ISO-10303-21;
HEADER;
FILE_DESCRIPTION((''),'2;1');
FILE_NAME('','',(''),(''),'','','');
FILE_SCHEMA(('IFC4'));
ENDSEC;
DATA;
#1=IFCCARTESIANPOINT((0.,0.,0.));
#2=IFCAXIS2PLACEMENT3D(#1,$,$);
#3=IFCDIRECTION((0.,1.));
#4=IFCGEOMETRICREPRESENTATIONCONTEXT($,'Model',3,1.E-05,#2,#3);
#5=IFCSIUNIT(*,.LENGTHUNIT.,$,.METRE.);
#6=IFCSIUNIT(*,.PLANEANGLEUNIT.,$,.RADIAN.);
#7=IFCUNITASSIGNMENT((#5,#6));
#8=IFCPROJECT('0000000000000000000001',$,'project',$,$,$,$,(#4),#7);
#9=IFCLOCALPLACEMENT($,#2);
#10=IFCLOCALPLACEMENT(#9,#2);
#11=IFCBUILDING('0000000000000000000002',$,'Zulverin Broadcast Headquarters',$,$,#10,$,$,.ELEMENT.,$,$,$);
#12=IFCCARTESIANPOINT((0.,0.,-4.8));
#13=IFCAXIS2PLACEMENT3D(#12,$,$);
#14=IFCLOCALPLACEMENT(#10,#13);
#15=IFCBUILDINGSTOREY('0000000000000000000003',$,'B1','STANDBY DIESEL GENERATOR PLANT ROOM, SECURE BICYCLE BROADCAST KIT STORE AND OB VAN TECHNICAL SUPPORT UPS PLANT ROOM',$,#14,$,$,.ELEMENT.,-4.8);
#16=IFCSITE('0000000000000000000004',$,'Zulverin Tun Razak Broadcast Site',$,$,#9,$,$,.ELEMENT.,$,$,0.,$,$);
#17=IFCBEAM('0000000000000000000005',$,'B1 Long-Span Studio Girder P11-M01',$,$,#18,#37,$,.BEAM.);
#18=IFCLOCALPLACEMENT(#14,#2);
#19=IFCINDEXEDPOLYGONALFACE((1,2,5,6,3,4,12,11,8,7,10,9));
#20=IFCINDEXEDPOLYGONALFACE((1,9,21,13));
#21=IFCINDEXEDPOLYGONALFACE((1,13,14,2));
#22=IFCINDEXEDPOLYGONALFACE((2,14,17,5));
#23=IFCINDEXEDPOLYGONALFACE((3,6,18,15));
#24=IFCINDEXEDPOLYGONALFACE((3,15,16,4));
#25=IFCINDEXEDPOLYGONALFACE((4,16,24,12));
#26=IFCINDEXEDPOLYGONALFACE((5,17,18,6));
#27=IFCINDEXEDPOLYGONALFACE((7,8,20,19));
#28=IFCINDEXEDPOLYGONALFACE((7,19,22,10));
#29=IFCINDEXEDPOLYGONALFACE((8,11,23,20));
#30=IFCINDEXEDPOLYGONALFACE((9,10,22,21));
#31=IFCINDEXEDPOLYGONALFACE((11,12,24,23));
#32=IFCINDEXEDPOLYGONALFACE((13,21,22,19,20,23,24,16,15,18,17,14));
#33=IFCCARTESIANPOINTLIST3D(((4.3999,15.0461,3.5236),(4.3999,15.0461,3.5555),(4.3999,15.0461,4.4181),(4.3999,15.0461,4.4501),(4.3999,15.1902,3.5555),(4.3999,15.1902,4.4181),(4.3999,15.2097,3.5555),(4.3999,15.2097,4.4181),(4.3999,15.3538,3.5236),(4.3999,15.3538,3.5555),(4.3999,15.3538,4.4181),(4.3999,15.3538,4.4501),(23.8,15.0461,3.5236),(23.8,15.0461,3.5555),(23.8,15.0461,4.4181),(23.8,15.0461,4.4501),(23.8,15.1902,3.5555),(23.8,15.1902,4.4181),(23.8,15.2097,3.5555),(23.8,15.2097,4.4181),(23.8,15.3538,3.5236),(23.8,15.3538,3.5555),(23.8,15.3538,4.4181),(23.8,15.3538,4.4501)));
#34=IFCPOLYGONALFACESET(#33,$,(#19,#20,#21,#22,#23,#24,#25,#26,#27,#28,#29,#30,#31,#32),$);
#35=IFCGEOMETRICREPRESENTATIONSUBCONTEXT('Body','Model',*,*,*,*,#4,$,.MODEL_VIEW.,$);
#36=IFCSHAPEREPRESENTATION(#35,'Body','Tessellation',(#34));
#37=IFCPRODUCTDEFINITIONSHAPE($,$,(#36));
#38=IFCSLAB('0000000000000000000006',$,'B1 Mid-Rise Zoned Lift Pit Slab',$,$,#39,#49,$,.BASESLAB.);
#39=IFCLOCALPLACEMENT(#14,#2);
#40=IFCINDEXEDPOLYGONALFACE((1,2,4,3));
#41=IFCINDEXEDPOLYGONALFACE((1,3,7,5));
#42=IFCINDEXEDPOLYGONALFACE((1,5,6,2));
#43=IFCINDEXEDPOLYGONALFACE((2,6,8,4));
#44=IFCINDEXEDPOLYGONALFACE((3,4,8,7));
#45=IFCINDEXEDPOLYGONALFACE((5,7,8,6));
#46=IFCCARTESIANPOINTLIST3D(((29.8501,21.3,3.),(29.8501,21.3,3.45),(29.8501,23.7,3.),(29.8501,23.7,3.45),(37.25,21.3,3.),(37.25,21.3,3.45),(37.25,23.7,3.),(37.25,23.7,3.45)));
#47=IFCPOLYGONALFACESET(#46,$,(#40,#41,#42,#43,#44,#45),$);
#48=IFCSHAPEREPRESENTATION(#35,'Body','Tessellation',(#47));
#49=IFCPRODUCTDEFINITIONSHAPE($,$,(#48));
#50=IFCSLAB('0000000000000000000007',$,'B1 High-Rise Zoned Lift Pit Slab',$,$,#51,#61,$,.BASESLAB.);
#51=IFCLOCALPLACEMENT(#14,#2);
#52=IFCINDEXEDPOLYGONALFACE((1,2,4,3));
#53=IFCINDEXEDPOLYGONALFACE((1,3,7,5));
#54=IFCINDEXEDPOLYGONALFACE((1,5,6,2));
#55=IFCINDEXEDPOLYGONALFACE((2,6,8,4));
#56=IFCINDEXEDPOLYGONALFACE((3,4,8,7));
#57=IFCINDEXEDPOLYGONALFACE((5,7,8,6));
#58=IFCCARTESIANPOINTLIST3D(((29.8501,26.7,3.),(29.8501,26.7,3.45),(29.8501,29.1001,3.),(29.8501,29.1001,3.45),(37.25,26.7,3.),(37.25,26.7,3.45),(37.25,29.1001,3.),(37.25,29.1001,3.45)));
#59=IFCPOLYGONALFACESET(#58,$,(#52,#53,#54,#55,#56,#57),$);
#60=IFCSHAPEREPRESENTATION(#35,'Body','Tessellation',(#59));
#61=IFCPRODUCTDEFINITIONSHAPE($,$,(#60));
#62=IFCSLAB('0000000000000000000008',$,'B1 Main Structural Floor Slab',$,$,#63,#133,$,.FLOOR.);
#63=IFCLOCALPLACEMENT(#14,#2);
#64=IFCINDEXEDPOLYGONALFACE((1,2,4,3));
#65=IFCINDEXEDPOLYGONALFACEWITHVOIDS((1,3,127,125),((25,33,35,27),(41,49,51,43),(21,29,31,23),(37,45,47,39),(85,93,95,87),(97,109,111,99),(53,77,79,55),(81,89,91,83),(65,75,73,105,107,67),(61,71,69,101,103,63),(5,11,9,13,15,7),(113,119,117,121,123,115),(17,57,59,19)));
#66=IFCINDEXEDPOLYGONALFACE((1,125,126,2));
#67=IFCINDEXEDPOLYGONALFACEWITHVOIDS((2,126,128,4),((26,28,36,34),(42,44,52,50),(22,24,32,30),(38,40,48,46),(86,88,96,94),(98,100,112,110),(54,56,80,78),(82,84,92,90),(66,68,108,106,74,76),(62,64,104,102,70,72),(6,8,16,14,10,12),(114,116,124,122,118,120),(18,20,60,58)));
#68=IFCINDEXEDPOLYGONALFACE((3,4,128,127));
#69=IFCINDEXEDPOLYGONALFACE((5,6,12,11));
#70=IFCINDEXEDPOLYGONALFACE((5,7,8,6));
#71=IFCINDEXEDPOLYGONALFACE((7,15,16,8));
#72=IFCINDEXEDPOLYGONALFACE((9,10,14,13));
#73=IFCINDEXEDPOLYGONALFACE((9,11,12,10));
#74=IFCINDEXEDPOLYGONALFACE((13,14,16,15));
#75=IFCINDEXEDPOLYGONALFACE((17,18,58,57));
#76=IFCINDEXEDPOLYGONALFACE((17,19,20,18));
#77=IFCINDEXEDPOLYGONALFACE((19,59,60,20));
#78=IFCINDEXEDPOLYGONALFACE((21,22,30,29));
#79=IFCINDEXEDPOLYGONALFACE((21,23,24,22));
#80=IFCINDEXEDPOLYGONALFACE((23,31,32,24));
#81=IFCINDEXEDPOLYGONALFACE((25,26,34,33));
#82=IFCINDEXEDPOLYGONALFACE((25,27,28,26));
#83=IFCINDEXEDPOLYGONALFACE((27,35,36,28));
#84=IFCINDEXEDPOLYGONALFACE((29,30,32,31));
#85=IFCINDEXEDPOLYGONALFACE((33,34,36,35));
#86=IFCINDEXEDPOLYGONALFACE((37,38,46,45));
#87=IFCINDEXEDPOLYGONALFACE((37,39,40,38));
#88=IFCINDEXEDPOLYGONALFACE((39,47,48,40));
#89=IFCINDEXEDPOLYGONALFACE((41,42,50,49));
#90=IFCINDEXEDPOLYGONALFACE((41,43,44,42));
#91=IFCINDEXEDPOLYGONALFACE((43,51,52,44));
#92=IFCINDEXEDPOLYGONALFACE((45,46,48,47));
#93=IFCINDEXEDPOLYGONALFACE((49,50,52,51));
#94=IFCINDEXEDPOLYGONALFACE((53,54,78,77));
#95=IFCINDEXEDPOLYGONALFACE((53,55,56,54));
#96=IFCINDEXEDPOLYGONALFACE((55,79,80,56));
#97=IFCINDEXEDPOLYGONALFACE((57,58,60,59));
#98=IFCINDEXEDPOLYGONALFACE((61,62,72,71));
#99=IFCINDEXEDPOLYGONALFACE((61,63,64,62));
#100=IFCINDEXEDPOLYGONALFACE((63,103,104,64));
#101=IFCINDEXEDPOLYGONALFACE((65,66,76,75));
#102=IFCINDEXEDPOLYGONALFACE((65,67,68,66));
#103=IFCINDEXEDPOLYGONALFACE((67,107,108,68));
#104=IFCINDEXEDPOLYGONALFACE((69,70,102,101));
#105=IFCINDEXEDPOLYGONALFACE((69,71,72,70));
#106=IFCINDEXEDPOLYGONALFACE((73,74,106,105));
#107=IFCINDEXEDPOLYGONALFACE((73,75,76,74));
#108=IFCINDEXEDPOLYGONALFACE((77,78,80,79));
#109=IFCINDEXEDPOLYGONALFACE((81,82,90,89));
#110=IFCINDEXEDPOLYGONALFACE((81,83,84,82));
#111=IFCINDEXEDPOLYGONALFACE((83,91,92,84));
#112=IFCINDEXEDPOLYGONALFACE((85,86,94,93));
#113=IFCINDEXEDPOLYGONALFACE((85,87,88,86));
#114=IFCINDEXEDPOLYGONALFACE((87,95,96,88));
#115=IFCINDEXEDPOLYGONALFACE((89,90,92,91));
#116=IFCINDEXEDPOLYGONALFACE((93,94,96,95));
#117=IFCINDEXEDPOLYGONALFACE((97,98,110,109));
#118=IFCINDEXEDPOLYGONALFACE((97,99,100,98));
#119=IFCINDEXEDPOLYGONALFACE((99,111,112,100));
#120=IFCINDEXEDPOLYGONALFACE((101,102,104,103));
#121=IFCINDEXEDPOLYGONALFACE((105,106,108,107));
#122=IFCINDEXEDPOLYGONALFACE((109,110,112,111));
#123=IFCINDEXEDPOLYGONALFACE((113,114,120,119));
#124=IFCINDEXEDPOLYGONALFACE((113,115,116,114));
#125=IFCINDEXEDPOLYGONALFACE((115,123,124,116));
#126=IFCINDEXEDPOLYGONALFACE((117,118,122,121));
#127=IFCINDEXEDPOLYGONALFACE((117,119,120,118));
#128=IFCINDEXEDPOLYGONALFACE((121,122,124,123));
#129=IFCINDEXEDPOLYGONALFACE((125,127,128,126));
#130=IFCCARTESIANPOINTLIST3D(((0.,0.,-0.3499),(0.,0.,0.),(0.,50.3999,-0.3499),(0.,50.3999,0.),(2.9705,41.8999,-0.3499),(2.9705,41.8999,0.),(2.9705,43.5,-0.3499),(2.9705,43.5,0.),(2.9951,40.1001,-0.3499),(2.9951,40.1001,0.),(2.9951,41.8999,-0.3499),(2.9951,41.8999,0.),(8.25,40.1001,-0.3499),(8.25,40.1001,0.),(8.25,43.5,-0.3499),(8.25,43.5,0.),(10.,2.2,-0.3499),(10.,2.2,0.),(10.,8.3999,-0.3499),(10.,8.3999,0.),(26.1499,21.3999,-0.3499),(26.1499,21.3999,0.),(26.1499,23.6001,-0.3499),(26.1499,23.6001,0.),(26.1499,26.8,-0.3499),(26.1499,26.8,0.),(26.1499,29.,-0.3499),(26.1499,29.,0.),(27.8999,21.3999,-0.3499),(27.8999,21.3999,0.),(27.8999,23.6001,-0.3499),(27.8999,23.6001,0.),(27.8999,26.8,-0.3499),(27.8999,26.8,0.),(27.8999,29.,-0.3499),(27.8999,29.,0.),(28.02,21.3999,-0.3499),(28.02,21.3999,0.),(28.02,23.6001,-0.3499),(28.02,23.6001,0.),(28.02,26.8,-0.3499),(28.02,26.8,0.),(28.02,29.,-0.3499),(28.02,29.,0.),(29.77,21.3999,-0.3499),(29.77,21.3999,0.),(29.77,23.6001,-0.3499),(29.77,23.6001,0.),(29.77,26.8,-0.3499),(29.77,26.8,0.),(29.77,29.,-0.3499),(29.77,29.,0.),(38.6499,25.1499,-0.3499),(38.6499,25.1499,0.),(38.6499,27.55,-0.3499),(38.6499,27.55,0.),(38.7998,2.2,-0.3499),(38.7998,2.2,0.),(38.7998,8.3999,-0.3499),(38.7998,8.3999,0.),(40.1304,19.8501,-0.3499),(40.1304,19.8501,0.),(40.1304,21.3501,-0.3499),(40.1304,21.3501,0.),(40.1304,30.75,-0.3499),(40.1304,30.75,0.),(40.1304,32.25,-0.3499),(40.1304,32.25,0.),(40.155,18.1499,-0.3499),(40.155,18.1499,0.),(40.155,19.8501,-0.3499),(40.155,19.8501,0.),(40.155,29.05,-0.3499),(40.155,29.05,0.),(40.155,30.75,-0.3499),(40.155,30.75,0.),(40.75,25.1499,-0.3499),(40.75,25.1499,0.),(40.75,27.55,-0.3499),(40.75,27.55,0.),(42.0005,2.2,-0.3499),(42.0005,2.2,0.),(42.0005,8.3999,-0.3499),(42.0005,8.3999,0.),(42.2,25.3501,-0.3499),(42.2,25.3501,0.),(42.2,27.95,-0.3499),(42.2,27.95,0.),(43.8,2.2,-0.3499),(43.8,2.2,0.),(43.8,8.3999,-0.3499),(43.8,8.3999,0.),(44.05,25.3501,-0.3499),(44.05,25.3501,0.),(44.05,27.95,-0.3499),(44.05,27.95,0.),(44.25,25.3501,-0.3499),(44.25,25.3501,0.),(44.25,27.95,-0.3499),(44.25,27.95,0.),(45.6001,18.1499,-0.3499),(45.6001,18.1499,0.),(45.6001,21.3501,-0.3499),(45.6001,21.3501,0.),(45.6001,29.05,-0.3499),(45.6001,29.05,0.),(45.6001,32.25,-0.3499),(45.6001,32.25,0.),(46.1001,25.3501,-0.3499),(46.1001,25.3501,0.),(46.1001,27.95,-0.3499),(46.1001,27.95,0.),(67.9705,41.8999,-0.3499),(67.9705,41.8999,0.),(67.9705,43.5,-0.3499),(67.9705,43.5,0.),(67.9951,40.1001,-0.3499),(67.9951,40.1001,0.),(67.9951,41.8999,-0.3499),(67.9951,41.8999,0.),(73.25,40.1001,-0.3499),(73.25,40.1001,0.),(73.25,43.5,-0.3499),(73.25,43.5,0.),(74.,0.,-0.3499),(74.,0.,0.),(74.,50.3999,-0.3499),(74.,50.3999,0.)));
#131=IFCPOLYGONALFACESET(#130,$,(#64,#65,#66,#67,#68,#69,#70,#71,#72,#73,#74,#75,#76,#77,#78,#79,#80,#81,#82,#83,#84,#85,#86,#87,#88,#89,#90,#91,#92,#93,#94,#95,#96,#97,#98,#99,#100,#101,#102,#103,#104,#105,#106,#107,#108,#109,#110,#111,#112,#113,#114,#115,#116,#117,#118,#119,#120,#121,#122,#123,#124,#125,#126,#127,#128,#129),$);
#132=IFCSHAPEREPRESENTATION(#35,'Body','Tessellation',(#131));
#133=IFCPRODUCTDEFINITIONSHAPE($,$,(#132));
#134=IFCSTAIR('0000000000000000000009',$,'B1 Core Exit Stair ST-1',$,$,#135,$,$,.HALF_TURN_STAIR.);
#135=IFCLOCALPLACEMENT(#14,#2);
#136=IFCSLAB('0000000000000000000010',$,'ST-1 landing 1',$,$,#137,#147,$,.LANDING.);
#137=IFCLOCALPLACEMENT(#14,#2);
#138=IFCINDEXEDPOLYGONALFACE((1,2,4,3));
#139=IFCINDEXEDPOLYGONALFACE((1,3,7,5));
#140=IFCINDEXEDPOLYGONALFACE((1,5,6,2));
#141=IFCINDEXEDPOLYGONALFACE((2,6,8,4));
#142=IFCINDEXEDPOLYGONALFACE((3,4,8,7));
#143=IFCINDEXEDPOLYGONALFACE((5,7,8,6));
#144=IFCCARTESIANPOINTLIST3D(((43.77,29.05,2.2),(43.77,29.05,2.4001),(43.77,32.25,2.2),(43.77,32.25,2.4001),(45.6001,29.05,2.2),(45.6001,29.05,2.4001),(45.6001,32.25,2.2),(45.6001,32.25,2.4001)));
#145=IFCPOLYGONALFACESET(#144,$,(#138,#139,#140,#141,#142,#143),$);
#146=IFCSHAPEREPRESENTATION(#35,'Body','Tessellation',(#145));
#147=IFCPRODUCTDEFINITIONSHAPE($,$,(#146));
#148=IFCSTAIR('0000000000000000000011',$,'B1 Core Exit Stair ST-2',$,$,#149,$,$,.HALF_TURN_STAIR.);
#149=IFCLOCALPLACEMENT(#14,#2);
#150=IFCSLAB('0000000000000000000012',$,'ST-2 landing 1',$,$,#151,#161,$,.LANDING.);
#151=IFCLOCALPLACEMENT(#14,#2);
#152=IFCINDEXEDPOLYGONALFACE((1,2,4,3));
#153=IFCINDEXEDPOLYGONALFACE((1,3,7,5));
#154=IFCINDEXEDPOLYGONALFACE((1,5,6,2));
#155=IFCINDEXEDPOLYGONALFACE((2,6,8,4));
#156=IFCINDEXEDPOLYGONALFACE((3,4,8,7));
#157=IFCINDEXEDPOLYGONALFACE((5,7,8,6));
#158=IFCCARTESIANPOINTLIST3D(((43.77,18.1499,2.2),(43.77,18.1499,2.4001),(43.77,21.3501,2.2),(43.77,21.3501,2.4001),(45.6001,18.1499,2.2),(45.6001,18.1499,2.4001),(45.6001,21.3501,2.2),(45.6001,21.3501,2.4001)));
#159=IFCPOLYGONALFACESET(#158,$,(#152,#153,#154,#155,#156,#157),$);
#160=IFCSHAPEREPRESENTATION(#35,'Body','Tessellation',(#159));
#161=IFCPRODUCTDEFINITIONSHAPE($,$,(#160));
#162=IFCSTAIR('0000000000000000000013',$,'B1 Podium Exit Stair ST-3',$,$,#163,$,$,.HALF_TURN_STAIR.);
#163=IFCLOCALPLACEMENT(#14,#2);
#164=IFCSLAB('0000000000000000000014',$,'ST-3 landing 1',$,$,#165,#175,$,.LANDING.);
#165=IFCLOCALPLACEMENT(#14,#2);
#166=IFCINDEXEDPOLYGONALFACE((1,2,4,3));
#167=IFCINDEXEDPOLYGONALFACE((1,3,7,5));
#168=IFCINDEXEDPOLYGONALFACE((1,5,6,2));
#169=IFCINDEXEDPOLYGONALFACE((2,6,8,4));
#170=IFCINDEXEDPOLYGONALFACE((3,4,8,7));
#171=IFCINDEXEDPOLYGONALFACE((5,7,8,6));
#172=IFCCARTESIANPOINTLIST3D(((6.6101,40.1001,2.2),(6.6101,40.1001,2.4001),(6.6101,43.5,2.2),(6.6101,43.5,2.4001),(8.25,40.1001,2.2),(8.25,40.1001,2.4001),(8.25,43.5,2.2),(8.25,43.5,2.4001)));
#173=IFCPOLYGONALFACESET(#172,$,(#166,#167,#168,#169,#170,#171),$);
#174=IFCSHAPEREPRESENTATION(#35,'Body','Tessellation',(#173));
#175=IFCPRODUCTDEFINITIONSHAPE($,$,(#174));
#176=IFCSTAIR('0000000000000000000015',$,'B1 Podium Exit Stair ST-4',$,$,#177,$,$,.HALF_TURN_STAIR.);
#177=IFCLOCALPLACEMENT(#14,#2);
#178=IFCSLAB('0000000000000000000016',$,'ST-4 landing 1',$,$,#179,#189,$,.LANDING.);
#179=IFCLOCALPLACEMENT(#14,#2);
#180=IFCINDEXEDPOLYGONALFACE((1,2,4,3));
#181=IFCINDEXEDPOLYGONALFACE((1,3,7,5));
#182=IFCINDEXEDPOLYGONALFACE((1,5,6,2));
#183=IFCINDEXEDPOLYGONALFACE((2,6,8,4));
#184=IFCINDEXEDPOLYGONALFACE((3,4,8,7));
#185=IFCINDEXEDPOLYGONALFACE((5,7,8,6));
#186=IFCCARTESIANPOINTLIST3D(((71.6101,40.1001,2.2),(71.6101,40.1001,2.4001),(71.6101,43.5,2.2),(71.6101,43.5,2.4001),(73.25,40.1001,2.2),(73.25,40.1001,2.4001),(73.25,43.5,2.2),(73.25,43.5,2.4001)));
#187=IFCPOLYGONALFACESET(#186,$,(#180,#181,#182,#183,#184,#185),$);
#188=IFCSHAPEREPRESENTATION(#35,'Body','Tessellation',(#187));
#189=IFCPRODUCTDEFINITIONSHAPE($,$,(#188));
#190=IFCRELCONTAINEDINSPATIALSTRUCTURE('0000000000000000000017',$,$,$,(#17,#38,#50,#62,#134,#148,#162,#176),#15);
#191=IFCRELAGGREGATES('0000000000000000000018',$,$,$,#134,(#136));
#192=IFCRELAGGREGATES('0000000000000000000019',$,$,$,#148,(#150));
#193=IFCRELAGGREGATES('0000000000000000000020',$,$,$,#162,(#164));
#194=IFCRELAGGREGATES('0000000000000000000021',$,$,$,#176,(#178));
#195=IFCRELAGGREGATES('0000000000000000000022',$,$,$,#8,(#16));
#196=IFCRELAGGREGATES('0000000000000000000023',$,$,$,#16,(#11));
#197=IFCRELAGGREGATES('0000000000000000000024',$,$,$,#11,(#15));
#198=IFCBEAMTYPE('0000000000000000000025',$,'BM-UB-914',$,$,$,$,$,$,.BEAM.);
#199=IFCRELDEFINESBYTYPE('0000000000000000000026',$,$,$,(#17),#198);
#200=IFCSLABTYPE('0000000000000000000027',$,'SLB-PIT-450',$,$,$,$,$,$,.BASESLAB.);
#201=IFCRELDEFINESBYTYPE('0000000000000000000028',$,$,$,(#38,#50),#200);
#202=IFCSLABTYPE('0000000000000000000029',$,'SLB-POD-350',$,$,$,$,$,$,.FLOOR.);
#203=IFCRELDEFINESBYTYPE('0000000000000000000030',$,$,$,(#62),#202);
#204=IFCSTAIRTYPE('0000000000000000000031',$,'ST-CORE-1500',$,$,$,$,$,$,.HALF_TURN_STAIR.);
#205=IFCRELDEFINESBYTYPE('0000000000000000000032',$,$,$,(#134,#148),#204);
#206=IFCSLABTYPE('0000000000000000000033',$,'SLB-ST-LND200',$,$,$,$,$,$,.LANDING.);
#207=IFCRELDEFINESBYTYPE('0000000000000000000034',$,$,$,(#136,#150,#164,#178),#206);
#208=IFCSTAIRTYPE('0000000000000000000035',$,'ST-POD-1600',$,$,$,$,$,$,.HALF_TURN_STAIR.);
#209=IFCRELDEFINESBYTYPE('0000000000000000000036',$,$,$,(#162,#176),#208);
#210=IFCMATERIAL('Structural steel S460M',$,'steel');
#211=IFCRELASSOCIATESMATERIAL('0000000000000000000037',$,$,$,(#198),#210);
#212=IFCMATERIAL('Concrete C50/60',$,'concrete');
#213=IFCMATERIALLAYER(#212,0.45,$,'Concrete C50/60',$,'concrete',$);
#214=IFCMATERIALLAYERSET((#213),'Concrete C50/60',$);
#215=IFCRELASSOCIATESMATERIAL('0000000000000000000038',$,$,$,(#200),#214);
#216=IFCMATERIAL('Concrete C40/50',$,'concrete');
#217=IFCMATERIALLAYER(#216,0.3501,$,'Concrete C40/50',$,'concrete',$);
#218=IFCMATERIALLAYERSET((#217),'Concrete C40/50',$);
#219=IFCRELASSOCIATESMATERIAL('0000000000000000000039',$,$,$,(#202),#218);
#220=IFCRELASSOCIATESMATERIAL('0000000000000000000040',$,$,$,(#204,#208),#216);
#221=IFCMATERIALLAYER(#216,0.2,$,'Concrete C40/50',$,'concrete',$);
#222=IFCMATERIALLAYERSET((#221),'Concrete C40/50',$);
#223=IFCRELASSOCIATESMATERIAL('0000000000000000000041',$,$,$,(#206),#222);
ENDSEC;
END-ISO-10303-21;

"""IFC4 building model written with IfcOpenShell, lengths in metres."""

from ifc_helpers import new_model, si_unit, direction, frame, origin, origin_2d, place, context, subcontext, project, spatial, polyline, i_section, outline, extrude, material, layer, layer_set, material_profile, profile_set, type_object, element, aggregate, save


model = new_model("IFC4")

# Units and contexts
model_context = context("Model", 3, precision=1e-05, world=origin(), true_north=direction((0.0, 1.0)))
body_context = subcontext(model_context, "Body", "Model", "MODEL_VIEW")
ifc_project = project(units=[si_unit("LENGTHUNIT", "METRE"), si_unit("PLANEANGLEUNIT", "RADIAN")], contexts=[model_context])

# Site, building, storey
site_placement = place(None, origin())
site = spatial("IfcSite", under=ifc_project, at=site_placement, Name="Zulverin Tun Razak Broadcast Site", CompositionType="ELEMENT", RefElevation=0.0)
building_placement = place(site_placement, origin())
building = spatial("IfcBuilding", under=site, at=building_placement, Name="Zulverin Broadcast Headquarters", CompositionType="ELEMENT")
storey_placement = place(building_placement, frame((0.0, 0.0, -4.8)))
storey = spatial("IfcBuildingStorey", under=building, at=storey_placement, Name="B1", Description="STANDBY DIESEL GENERATOR PLANT ROOM, SECURE BICYCLE BROADCAST KIT STORE AND OB VAN TECHNICAL SUPPORT UPS PLANT ROOM", CompositionType="ELEMENT", Elevation=-4.8)

# Beam
ifc_material_1 = material(Name="Structural steel S460M", Category="steel")
ifc_material_profile_1 = material_profile(ifc_material_1, i_section(OverallWidth=0.3076, OverallDepth=0.9265, WebThickness=0.0195, FlangeThickness=0.032, at=origin_2d()), Name="Structural steel S460M", Category="steel")
ifc_profile_set_1 = profile_set([ifc_material_profile_1], Name="Structural steel S460M")
beam_type_1 = type_object("IfcBeamType", Name="BM-UB-914", PredefinedType="BEAM", material=ifc_profile_set_1)
beam_1_placement = place(storey_placement, frame((4.3999, 15.2, 3.9868), z_axis=(1.0, 0.0, 0.0), x_axis=(0.0, 1.0, 0.0)))
element("IfcBeam", 1, at=beam_1_placement, inside=storey, type_object=beam_type_1, Name="B1 Long-Span Studio Girder P11-M01", PredefinedType="BEAM", context=body_context, shape_type="SweptSolid", body=[
    extrude(i_section(OverallWidth=0.3076, OverallDepth=0.9265, WebThickness=0.0195, FlangeThickness=0.032, at=origin_2d()), origin(), (0.0, 0.0, 1.0), 19.4001),
])

# Slabs
ifc_material_2 = material(Name="Concrete C50/60", Category="concrete")
ifc_layer_1 = layer(ifc_material_2, 0.45, Name="Concrete C50/60", Category="concrete")
ifc_layer_set_1 = layer_set([ifc_layer_1], Name="Concrete C50/60")
slab_type_1 = type_object("IfcSlabType", Name="SLB-PIT-450", PredefinedType="BASESLAB", material=ifc_layer_set_1)
slab_1_placement = place(storey_placement, frame((0.0, 0.0, 3.0)))
element("IfcSlab", 2, at=slab_1_placement, inside=storey, type_object=slab_type_1, Name="B1 Mid-Rise Zoned Lift Pit Slab", PredefinedType="BASESLAB", context=body_context, shape_type="SweptSolid", body=[
    extrude(outline(polyline([(29.8501, 21.3), (37.25, 21.3), (37.25, 23.7), (29.8501, 23.7), (29.8501, 21.3)])), origin(), (0.0, 0.0, 1.0), 0.45),
])
slab_2_placement = place(storey_placement, frame((0.0, 0.0, 3.0)))
element("IfcSlab", 3, at=slab_2_placement, inside=storey, type_object=slab_type_1, Name="B1 High-Rise Zoned Lift Pit Slab", PredefinedType="BASESLAB", context=body_context, shape_type="SweptSolid", body=[
    extrude(outline(polyline([(29.8501, 26.7), (37.25, 26.7), (37.25, 29.1001), (29.8501, 29.1001), (29.8501, 26.7)])), origin(), (0.0, 0.0, 1.0), 0.45),
])
ifc_material_3 = material(Name="Concrete C40/50", Category="concrete")
ifc_layer_2 = layer(ifc_material_3, 0.3501, Name="Concrete C40/50", Category="concrete")
ifc_layer_set_2 = layer_set([ifc_layer_2], Name="Concrete C40/50")
slab_type_2 = type_object("IfcSlabType", Name="SLB-POD-350", PredefinedType="FLOOR", material=ifc_layer_set_2)
slab_3_placement = place(storey_placement, frame((0.0, 0.0, -0.3499)))
element("IfcSlab", 4, at=slab_3_placement, inside=storey, type_object=slab_type_2, Name="B1 Main Structural Floor Slab", PredefinedType="FLOOR", context=body_context, shape_type="SweptSolid", body=[
    extrude(outline(polyline([(0.0, 0.0), (74.0, 0.0), (74.0, 50.3999), (0.0, 50.3999), (0.0, 0.0)]), holes=[polyline([(40.155, 30.75), (40.1304, 30.75), (40.1304, 32.25), (45.6001, 32.25), (45.6001, 29.05), (40.155, 29.05), (40.155, 30.75)]), polyline([(40.155, 19.8501), (40.1304, 19.8501), (40.1304, 21.3501), (45.6001, 21.3501), (45.6001, 18.1499), (40.155, 18.1499), (40.155, 19.8501)]), polyline([(2.9951, 41.8999), (2.9705, 41.8999), (2.9705, 43.5), (8.25, 43.5), (8.25, 40.1001), (2.9951, 40.1001), (2.9951, 41.8999)]), polyline([(67.9951, 41.8999), (67.9705, 41.8999), (67.9705, 43.5), (73.25, 43.5), (73.25, 40.1001), (67.9951, 40.1001), (67.9951, 41.8999)]), polyline([(26.1499, 26.8), (27.8999, 26.8), (27.8999, 29.0), (26.1499, 29.0), (26.1499, 26.8)]), polyline([(28.02, 26.8), (29.77, 26.8), (29.77, 29.0), (28.02, 29.0), (28.02, 26.8)]), polyline([(26.1499, 21.3999), (27.8999, 21.3999), (27.8999, 23.6001), (26.1499, 23.6001), (26.1499, 21.3999)]), polyline([(28.02, 21.3999), (29.77, 21.3999), (29.77, 23.6001), (28.02, 23.6001), (28.02, 21.3999)]), polyline([(42.2, 25.3501), (44.05, 25.3501), (44.05, 27.95), (42.2, 27.95), (42.2, 25.3501)]), polyline([(44.25, 25.3501), (46.1001, 25.3501), (46.1001, 27.95), (44.25, 27.95), (44.25, 25.3501)]), polyline([(38.6499, 25.1499), (40.75, 25.1499), (40.75, 27.55), (38.6499, 27.55), (38.6499, 25.1499)]), polyline([(10.0, 2.2), (38.7998, 2.2), (38.7998, 8.3999), (10.0, 8.3999), (10.0, 2.2)]), polyline([(42.0005, 2.2), (43.8, 2.2), (43.8, 8.3999), (42.0005, 8.3999), (42.0005, 2.2)])]), origin(), (0.0, 0.0, 1.0), 0.3499),
])

# Stairs, slabs
stair_type_1 = type_object("IfcStairType", Name="ST-CORE-1500", PredefinedType="HALF_TURN_STAIR", material=ifc_material_3)
stair_1_placement = place(storey_placement, origin())
stair_1 = element("IfcStair", 5, at=stair_1_placement, inside=storey, type_object=stair_type_1, Name="B1 Core Exit Stair ST-1", PredefinedType="HALF_TURN_STAIR")
ifc_layer_3 = layer(ifc_material_3, 0.2, Name="Concrete C40/50", Category="concrete")
ifc_layer_set_3 = layer_set([ifc_layer_3], Name="Concrete C40/50")
slab_type_3 = type_object("IfcSlabType", Name="SLB-ST-LND200", PredefinedType="LANDING", material=ifc_layer_set_3)
slab_4_placement = place(storey_placement, frame((0.0, 0.0, 2.2)))
slab_4 = element("IfcSlab", 6, at=slab_4_placement, type_object=slab_type_3, Name="ST-1 landing 1", PredefinedType="LANDING", context=body_context, shape_type="SweptSolid", body=[
    extrude(outline(polyline([(43.77, 29.05), (45.6001, 29.05), (45.6001, 32.25), (43.77, 32.25), (43.77, 29.05)])), origin(), (0.0, 0.0, 1.0), 0.2002),
])
aggregate(stair_1, [slab_4])
stair_2_placement = place(storey_placement, origin())
stair_2 = element("IfcStair", 7, at=stair_2_placement, inside=storey, type_object=stair_type_1, Name="B1 Core Exit Stair ST-2", PredefinedType="HALF_TURN_STAIR")
slab_5_placement = place(storey_placement, frame((0.0, 0.0, 2.2)))
slab_5 = element("IfcSlab", 8, at=slab_5_placement, type_object=slab_type_3, Name="ST-2 landing 1", PredefinedType="LANDING", context=body_context, shape_type="SweptSolid", body=[
    extrude(outline(polyline([(43.77, 18.1499), (45.6001, 18.1499), (45.6001, 21.3501), (43.77, 21.3501), (43.77, 18.1499)])), origin(), (0.0, 0.0, 1.0), 0.2002),
])
aggregate(stair_2, [slab_5])
stair_type_2 = type_object("IfcStairType", Name="ST-POD-1600", PredefinedType="HALF_TURN_STAIR", material=ifc_material_3)
stair_3_placement = place(storey_placement, origin())
stair_3 = element("IfcStair", 9, at=stair_3_placement, inside=storey, type_object=stair_type_2, Name="B1 Podium Exit Stair ST-3", PredefinedType="HALF_TURN_STAIR")
slab_6_placement = place(storey_placement, frame((0.0, 0.0, 2.2)))
slab_6 = element("IfcSlab", 10, at=slab_6_placement, type_object=slab_type_3, Name="ST-3 landing 1", PredefinedType="LANDING", context=body_context, shape_type="SweptSolid", body=[
    extrude(outline(polyline([(6.6101, 40.1001), (8.25, 40.1001), (8.25, 43.5), (6.6101, 43.5), (6.6101, 40.1001)])), origin(), (0.0, 0.0, 1.0), 0.2002),
])
aggregate(stair_3, [slab_6])
stair_4_placement = place(storey_placement, origin())
stair_4 = element("IfcStair", 11, at=stair_4_placement, inside=storey, type_object=stair_type_2, Name="B1 Podium Exit Stair ST-4", PredefinedType="HALF_TURN_STAIR")
slab_7_placement = place(storey_placement, frame((0.0, 0.0, 2.2)))
slab_7 = element("IfcSlab", 12, at=slab_7_placement, type_object=slab_type_3, Name="ST-4 landing 1", PredefinedType="LANDING", context=body_context, shape_type="SweptSolid", body=[
    extrude(outline(polyline([(71.6101, 40.1001), (73.25, 40.1001), (73.25, 43.5), (71.6101, 43.5), (71.6101, 40.1001)])), origin(), (0.0, 0.0, 1.0), 0.2002),
])
aggregate(stair_4, [slab_7])

save(model, "model.ifc")
